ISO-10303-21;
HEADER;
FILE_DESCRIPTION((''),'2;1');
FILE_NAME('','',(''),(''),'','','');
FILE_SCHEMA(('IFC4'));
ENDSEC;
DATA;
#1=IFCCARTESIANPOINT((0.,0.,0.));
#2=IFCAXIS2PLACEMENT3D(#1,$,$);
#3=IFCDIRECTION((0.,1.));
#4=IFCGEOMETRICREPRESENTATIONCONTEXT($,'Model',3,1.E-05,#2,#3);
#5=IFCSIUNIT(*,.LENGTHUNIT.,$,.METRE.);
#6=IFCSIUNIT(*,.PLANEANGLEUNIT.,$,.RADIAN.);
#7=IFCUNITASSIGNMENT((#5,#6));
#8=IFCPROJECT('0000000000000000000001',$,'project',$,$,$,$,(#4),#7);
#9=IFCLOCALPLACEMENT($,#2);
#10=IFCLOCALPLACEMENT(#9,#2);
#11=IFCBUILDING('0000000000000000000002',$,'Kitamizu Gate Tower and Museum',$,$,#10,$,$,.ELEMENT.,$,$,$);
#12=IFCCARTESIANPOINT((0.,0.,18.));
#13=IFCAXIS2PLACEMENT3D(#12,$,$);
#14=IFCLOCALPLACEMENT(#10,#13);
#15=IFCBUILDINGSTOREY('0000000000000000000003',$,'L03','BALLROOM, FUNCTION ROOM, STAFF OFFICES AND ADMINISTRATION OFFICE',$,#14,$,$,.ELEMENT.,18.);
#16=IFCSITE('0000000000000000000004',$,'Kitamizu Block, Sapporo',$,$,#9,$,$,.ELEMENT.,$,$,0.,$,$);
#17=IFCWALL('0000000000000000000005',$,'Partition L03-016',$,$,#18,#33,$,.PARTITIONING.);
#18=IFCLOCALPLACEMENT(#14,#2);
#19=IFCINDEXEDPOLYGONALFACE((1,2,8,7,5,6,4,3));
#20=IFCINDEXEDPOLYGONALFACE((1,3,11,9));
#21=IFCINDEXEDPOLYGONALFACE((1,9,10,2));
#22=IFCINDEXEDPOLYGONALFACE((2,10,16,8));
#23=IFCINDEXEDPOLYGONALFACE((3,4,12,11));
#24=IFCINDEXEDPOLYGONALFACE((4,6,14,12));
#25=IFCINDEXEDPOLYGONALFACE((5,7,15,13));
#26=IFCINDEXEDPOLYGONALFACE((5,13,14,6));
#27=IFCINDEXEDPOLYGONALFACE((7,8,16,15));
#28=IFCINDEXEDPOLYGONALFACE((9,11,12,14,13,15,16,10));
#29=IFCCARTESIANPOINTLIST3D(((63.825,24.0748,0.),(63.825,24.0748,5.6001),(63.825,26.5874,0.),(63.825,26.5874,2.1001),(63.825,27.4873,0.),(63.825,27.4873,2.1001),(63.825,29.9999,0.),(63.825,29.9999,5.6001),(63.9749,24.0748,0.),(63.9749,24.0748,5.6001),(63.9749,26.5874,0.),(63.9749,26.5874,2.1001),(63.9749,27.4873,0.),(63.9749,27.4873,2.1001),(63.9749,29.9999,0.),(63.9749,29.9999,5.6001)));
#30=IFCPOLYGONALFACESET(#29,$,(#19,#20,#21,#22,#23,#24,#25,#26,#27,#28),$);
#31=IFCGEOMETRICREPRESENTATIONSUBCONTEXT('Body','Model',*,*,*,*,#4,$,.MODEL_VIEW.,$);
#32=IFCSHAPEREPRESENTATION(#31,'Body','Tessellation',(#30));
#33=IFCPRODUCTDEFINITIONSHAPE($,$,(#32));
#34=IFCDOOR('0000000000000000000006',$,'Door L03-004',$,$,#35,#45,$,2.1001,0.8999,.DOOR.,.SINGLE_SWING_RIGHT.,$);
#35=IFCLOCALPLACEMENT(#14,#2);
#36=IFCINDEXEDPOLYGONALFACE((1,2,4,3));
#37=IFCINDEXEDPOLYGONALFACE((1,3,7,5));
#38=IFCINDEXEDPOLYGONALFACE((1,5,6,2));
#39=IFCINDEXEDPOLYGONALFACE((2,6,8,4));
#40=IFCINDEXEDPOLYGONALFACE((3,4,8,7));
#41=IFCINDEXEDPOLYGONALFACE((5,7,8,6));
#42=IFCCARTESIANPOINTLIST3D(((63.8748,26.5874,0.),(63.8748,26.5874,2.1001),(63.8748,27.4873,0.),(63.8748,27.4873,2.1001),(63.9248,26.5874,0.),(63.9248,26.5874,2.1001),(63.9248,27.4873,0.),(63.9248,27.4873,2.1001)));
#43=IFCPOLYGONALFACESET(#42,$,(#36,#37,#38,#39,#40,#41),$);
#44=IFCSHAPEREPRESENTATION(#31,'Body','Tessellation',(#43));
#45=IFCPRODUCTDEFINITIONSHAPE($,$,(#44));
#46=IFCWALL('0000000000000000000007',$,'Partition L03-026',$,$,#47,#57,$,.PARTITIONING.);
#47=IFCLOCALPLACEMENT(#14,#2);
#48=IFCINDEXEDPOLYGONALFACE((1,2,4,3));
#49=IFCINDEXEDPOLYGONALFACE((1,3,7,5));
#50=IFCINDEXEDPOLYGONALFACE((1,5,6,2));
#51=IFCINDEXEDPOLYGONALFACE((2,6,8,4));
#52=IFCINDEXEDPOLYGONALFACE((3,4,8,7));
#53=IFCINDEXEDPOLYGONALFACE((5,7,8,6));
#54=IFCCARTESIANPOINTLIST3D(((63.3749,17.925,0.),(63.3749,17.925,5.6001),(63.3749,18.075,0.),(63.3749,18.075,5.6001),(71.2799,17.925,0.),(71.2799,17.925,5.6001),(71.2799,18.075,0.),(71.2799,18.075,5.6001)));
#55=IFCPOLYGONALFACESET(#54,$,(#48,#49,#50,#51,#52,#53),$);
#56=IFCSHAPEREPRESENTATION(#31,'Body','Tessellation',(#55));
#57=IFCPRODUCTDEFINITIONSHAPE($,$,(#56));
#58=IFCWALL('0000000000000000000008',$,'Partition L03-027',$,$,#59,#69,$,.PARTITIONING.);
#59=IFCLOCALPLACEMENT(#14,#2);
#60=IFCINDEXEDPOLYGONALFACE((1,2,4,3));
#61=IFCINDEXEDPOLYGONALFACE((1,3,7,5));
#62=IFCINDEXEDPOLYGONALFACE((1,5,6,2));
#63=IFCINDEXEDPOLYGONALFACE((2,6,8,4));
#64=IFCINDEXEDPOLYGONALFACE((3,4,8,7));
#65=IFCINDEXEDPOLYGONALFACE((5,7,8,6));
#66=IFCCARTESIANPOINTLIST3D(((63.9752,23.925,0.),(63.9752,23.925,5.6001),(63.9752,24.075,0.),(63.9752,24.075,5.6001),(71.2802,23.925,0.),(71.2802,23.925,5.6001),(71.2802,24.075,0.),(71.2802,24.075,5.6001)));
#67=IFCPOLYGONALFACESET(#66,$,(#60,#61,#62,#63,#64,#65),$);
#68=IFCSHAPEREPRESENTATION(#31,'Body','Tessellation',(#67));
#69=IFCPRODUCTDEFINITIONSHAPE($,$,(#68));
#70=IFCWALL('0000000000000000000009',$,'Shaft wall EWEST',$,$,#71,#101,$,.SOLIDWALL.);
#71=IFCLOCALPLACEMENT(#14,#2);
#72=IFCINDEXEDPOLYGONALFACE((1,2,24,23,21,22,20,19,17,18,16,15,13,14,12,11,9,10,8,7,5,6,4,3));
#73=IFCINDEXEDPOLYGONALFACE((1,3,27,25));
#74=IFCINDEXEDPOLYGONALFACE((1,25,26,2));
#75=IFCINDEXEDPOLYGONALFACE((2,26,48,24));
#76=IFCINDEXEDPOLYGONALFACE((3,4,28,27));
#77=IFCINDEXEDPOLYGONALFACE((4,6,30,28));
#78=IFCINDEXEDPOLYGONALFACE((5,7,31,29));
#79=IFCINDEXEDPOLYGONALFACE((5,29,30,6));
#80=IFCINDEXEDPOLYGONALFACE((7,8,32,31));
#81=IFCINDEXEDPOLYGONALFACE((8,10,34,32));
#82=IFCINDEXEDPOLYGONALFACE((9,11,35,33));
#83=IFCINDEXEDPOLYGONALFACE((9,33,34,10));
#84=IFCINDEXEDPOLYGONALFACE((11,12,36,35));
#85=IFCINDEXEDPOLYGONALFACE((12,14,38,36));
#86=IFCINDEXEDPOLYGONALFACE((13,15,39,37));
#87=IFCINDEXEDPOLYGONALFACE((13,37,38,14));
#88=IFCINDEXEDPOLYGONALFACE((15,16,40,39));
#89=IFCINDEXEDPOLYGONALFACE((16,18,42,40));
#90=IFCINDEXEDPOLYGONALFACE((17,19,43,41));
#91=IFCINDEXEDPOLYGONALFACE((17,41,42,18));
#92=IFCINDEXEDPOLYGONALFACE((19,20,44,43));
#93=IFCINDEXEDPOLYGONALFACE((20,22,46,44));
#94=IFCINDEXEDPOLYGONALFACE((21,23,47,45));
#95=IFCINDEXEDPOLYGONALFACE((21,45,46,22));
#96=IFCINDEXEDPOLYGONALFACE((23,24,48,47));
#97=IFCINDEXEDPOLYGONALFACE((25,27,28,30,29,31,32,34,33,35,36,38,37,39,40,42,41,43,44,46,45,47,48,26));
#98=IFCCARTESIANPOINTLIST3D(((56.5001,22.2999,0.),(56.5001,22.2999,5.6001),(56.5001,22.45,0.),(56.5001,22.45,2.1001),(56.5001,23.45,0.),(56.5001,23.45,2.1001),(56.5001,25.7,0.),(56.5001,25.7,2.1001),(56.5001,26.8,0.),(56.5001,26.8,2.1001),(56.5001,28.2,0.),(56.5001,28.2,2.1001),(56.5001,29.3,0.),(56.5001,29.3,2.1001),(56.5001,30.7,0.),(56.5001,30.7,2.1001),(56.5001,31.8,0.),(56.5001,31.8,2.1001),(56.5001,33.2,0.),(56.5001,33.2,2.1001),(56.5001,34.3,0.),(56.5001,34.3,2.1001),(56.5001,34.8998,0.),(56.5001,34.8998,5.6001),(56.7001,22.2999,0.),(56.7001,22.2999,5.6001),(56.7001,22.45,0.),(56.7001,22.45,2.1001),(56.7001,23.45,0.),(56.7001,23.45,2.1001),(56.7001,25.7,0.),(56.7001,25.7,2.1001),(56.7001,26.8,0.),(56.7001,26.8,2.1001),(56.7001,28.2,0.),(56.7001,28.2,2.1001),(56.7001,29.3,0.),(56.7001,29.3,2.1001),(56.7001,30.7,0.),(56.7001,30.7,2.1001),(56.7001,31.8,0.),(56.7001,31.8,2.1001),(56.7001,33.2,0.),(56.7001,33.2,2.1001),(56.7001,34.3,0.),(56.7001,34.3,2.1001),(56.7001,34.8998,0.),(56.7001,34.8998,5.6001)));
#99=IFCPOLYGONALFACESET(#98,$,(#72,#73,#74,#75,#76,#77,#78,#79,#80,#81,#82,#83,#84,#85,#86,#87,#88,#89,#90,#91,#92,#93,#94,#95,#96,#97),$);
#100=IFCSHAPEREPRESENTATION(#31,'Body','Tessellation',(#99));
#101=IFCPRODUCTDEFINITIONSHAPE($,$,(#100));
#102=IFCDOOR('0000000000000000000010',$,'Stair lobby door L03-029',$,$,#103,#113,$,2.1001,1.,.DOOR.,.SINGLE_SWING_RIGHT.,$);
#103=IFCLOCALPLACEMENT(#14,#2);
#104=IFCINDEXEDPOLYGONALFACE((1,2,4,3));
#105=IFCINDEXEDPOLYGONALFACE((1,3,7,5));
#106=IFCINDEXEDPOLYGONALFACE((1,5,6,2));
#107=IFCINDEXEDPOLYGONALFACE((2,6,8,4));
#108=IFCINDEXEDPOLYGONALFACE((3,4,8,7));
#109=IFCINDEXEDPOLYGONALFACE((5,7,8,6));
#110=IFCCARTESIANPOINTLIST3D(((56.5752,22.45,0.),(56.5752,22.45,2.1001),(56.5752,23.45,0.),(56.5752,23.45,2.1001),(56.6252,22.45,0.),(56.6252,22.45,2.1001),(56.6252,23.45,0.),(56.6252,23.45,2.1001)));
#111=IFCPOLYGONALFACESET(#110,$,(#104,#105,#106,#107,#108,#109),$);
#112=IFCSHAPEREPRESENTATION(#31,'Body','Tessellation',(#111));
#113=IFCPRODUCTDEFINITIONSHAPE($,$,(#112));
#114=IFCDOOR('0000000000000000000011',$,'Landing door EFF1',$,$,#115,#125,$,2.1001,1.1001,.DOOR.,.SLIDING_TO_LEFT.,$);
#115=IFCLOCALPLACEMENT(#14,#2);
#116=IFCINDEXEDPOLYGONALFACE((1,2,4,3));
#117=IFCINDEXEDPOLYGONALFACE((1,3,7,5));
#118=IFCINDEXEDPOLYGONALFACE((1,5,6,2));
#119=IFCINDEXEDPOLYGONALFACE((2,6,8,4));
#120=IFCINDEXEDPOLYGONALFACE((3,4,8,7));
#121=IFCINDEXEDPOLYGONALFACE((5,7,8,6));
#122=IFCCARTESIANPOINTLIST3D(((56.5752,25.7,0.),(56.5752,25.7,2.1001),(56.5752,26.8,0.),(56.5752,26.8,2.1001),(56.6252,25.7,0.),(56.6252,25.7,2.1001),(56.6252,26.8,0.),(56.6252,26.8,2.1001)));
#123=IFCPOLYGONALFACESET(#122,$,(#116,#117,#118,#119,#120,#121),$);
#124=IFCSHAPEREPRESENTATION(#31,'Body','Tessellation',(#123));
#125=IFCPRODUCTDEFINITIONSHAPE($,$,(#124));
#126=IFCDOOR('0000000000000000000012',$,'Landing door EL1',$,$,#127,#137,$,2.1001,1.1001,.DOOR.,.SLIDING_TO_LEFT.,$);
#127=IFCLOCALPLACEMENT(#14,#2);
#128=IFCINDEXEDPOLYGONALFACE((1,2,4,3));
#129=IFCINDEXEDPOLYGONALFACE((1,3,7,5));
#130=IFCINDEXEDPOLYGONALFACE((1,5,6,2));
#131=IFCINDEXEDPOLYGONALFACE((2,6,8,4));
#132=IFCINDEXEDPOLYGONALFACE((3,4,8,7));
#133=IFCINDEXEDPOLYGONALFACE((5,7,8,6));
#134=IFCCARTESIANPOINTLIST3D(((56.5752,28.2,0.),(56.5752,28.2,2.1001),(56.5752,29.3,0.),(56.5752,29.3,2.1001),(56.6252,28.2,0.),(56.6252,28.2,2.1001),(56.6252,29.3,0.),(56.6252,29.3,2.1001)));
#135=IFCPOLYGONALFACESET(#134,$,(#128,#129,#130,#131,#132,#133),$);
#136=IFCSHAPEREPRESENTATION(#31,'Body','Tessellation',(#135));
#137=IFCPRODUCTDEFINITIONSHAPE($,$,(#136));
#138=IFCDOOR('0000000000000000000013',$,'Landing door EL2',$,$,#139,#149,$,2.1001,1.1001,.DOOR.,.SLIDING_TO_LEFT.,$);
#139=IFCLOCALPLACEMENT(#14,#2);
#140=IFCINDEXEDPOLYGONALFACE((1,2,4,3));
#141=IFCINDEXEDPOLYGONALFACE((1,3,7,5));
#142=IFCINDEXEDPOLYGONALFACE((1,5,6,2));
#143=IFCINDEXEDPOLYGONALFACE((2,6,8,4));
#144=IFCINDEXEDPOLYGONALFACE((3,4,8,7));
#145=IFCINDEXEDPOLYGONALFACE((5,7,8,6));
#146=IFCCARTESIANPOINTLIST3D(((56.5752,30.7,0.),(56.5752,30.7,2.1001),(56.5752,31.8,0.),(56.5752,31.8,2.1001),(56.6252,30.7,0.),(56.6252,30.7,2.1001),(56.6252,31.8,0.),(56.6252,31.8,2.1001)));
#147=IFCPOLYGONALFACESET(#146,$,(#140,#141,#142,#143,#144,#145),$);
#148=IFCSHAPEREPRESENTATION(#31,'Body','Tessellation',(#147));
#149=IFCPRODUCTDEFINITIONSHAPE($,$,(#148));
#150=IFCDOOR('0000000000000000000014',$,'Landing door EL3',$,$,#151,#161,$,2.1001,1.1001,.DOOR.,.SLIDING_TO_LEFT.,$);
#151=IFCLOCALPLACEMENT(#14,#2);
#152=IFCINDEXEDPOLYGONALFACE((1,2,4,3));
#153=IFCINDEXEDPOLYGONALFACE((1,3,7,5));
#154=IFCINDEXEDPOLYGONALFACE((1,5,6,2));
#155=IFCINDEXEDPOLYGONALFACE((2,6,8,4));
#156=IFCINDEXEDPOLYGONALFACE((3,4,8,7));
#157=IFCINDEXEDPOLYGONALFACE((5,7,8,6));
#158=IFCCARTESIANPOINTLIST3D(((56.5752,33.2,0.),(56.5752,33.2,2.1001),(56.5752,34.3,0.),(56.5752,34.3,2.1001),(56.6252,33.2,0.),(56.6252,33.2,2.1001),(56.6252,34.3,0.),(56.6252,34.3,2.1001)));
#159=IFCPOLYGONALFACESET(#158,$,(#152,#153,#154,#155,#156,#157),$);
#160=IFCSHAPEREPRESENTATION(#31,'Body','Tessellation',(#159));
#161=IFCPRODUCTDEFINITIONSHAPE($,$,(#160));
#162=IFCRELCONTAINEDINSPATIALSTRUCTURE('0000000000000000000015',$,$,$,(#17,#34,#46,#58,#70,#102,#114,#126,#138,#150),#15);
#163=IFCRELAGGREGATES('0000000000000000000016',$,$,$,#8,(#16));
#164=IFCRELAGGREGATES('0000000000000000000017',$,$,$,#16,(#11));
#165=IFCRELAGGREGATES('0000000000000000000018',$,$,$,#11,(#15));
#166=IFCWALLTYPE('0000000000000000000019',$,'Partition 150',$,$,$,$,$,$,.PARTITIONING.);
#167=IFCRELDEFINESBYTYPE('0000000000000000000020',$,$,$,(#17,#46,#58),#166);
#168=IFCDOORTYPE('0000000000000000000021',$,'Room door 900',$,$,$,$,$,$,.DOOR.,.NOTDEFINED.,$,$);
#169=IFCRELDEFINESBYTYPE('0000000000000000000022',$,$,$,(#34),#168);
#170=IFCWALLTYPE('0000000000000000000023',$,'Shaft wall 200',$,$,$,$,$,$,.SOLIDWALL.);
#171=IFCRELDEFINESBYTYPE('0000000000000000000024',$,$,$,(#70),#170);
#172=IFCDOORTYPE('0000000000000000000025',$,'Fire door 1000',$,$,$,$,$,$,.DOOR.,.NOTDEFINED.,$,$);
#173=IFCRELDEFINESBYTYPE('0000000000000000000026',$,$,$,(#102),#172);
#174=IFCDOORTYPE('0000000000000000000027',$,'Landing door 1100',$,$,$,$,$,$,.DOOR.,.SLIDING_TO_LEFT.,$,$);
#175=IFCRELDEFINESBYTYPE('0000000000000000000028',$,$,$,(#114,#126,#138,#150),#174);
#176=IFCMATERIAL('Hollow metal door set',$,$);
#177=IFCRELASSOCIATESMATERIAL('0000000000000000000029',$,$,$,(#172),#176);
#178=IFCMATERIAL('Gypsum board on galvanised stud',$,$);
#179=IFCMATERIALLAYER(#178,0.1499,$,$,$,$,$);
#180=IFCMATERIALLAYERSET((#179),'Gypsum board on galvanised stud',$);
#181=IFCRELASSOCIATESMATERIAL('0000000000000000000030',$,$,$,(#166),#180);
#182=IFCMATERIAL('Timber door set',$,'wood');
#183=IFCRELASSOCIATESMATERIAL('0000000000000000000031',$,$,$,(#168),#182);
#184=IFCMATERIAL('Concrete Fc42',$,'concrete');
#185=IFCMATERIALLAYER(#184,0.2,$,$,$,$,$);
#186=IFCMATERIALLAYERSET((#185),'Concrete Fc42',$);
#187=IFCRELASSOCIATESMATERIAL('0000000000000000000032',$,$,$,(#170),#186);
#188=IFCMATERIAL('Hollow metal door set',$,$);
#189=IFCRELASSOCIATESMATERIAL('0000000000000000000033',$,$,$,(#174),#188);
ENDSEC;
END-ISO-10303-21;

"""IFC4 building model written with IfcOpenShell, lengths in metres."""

from ifc_helpers import new_model, si_unit, direction, frame, frame_2d, origin, place, context, subcontext, project, spatial, rectangle, extrude, material, layer, layer_set, type_object, element, fill, save


model = new_model("IFC4")

# Units and contexts
model_context = context("Model", 3, precision=1e-05, world=origin(), true_north=direction((0.0, 1.0)))
body_context = subcontext(model_context, "Body", "Model", "MODEL_VIEW")
ifc_project = project(units=[si_unit("LENGTHUNIT", "METRE"), si_unit("PLANEANGLEUNIT", "RADIAN")], contexts=[model_context])

# Site, building, storey
site_placement = place(None, origin())
site = spatial("IfcSite", under=ifc_project, at=site_placement, Name="Kitamizu Block, Sapporo", CompositionType="ELEMENT", RefElevation=0.0)
building_placement = place(site_placement, origin())
building = spatial("IfcBuilding", under=site, at=building_placement, Name="Kitamizu Gate Tower and Museum", CompositionType="ELEMENT")
storey_placement = place(building_placement, frame((0.0, 0.0, 18.0)))
storey = spatial("IfcBuildingStorey", under=building, at=storey_placement, Name="L03", Description="BALLROOM, FUNCTION ROOM, STAFF OFFICES AND ADMINISTRATION OFFICE", CompositionType="ELEMENT", Elevation=18.0)

# Shared definitions
ifc_material_1 = material(Name="Hollow metal door set")
door_type_1 = type_object("IfcDoorType", Name="Fire door 1000", OperationType="NOTDEFINED", PredefinedType="DOOR", material=ifc_material_1)

# Shared definitions
ifc_material_2 = material(Name="Gypsum board on galvanised stud")
ifc_layer_1 = layer(ifc_material_2, 0.1499)
ifc_layer_set_1 = layer_set([ifc_layer_1], Name="Gypsum board on galvanised stud")
wall_type_1 = type_object("IfcWallType", Name="Partition 150", PredefinedType="PARTITIONING", material=ifc_layer_set_1)
ifc_material_3 = material(Name="Timber door set", Category="wood")
door_type_2 = type_object("IfcDoorType", Name="Room door 900", OperationType="NOTDEFINED", PredefinedType="DOOR", material=ifc_material_3)

# Wall, opening, door
wall_1_placement = place(storey_placement, frame((63.8999, 24.075, 0.0), z_axis=(0.0, 0.0, 1.0), x_axis=(0.0, 1.0, 0.0)))
wall_1 = element("IfcWall", 1, at=wall_1_placement, inside=storey, type_object=wall_type_1, Name="Partition L03-016", PredefinedType="PARTITIONING", context=body_context, shape_type="SweptSolid", body=[
    extrude(rectangle(XDim=5.925, YDim=0.1499, at=frame_2d((2.9624, 0.0))), origin(), (0.0, 0.0, 1.0), 5.6001),
])
opening_1_placement = place(wall_1_placement, frame((2.5125, 0.0, 0.0)))
opening_1 = element("IfcOpeningElement", 2, at=opening_1_placement, cuts=wall_1, PredefinedType="OPENING", context=body_context, shape_type="SweptSolid", body=[
    extrude(rectangle(XDim=0.8999, YDim=2.1001, at=frame_2d((0.45, 1.05))), frame((0.0, 0.085, 0.0), z_axis=(0.0, -1.0, 0.0), x_axis=(1.0, 0.0, 0.0)), (0.0, 0.0, 1.0), 0.1699),
])
door_1_placement = place(opening_1_placement, frame((0.8999, 0.0, 0.0), x_axis=(-1.0, 0.0, 0.0)))
door_1 = element("IfcDoor", 3, at=door_1_placement, inside=storey, type_object=door_type_2, Name="Door L03-004", OperationType="SINGLE_SWING_RIGHT", OverallHeight=2.1001, OverallWidth=0.8999, PredefinedType="DOOR", context=body_context, shape_type="SweptSolid", body=[
    extrude(rectangle(XDim=0.8999, YDim=2.1001, at=frame_2d((0.45, 1.05))), frame((0.0, 0.0249, 0.0), z_axis=(0.0, -1.0, 0.0), x_axis=(1.0, 0.0, 0.0)), (0.0, 0.0, 1.0), 0.05),
])
fill(opening_1, door_1)

# Walls
wall_2_placement = place(storey_placement, frame((71.28, 18.0, 0.0), z_axis=(0.0, 0.0, 1.0), x_axis=(-1.0, 0.0, 0.0)))
element("IfcWall", 4, at=wall_2_placement, inside=storey, type_object=wall_type_1, Name="Partition L03-026", PredefinedType="PARTITIONING", context=body_context, shape_type="SweptSolid", body=[
    extrude(rectangle(XDim=7.905, YDim=0.1499, at=frame_2d((3.9526, 0.0))), origin(), (0.0, 0.0, 1.0), 5.6001),
])
wall_3_placement = place(storey_placement, frame((71.28, 24.0, 0.0), z_axis=(0.0, 0.0, 1.0), x_axis=(-1.0, 0.0, 0.0)))
element("IfcWall", 5, at=wall_3_placement, inside=storey, type_object=wall_type_1, Name="Partition L03-027", PredefinedType="PARTITIONING", context=body_context, shape_type="SweptSolid", body=[
    extrude(rectangle(XDim=7.3049, YDim=0.1499, at=frame_2d((3.6523, 0.0))), origin(), (0.0, 0.0, 1.0), 5.6001),
])

# Wall, openings, doors
ifc_material_4 = material(Name="Concrete Fc42", Category="concrete")
ifc_layer_2 = layer(ifc_material_4, 0.2)
ifc_layer_set_2 = layer_set([ifc_layer_2], Name="Concrete Fc42")
wall_type_2 = type_object("IfcWallType", Name="Shaft wall 200", PredefinedType="SOLIDWALL", material=ifc_layer_set_2)
wall_4_placement = place(storey_placement, frame((56.6001, 22.3, 0.0), z_axis=(0.0, 0.0, 1.0), x_axis=(0.0, 1.0, 0.0)))
wall_4 = element("IfcWall", 6, at=wall_4_placement, inside=storey, type_object=wall_type_2, Name="Shaft wall EWEST", PredefinedType="SOLIDWALL", context=body_context, shape_type="SweptSolid", body=[
    extrude(rectangle(XDim=12.5999, YDim=0.2, at=frame_2d((6.2998, 0.0))), origin(), (0.0, 0.0, 1.0), 5.6001),
])
opening_2_placement = place(wall_4_placement, frame((3.3999, 0.0, 0.0)))
opening_2 = element("IfcOpeningElement", 7, at=opening_2_placement, cuts=wall_4, PredefinedType="OPENING", context=body_context, shape_type="SweptSolid", body=[
    extrude(rectangle(XDim=1.1001, YDim=2.1001, at=frame_2d((0.55, 1.05))), frame((0.0, 0.1099, 0.0), z_axis=(0.0, -1.0, 0.0), x_axis=(1.0, 0.0, 0.0)), (0.0, 0.0, 1.0), 0.22),
])
opening_3_placement = place(wall_4_placement, frame((5.8999, 0.0, 0.0)))
opening_3 = element("IfcOpeningElement", 8, at=opening_3_placement, cuts=wall_4, PredefinedType="OPENING", context=body_context, shape_type="SweptSolid", body=[
    extrude(rectangle(XDim=1.1001, YDim=2.1001, at=frame_2d((0.55, 1.05))), frame((0.0, 0.1099, 0.0), z_axis=(0.0, -1.0, 0.0), x_axis=(1.0, 0.0, 0.0)), (0.0, 0.0, 1.0), 0.22),
])
opening_4_placement = place(wall_4_placement, frame((8.3999, 0.0, 0.0)))
opening_4 = element("IfcOpeningElement", 9, at=opening_4_placement, cuts=wall_4, PredefinedType="OPENING", context=body_context, shape_type="SweptSolid", body=[
    extrude(rectangle(XDim=1.1001, YDim=2.1001, at=frame_2d((0.55, 1.05))), frame((0.0, 0.1099, 0.0), z_axis=(0.0, -1.0, 0.0), x_axis=(1.0, 0.0, 0.0)), (0.0, 0.0, 1.0), 0.22),
])
opening_5_placement = place(wall_4_placement, frame((10.8999, 0.0, 0.0)))
opening_5 = element("IfcOpeningElement", 10, at=opening_5_placement, cuts=wall_4, PredefinedType="OPENING", context=body_context, shape_type="SweptSolid", body=[
    extrude(rectangle(XDim=1.1001, YDim=2.1001, at=frame_2d((0.55, 1.05))), frame((0.0, 0.1099, 0.0), z_axis=(0.0, -1.0, 0.0), x_axis=(1.0, 0.0, 0.0)), (0.0, 0.0, 1.0), 0.22),
])
opening_6_placement = place(wall_4_placement, frame((0.1499, 0.0, 0.0)))
opening_6 = element("IfcOpeningElement", 11, at=opening_6_placement, cuts=wall_4, PredefinedType="OPENING", context=body_context, shape_type="SweptSolid", body=[
    extrude(rectangle(XDim=1.0, YDim=2.1001, at=frame_2d((0.5, 1.05))), frame((0.0, 0.1099, 0.0), z_axis=(0.0, -1.0, 0.0), x_axis=(1.0, 0.0, 0.0)), (0.0, 0.0, 1.0), 0.22),
])
door_2_placement = place(opening_6_placement, origin())
door_2 = element("IfcDoor", 12, at=door_2_placement, inside=storey, type_object=door_type_1, Name="Stair lobby door L03-029", OperationType="SINGLE_SWING_RIGHT", OverallHeight=2.1001, OverallWidth=1.0, PredefinedType="DOOR", context=body_context, shape_type="SweptSolid", body=[
    extrude(rectangle(XDim=1.0, YDim=2.1001, at=frame_2d((0.5, 1.05))), frame((0.0, 0.0249, 0.0), z_axis=(0.0, -1.0, 0.0), x_axis=(1.0, 0.0, 0.0)), (0.0, 0.0, 1.0), 0.05),
])
fill(opening_6, door_2)
ifc_material_5 = material(Name="Hollow metal door set")
door_type_3 = type_object("IfcDoorType", Name="Landing door 1100", OperationType="SLIDING_TO_LEFT", PredefinedType="DOOR", material=ifc_material_5)
door_3_placement = place(opening_2_placement, origin())
door_3 = element("IfcDoor", 13, at=door_3_placement, inside=storey, type_object=door_type_3, Name="Landing door EFF1", OperationType="SLIDING_TO_LEFT", OverallHeight=2.1001, OverallWidth=1.1001, PredefinedType="DOOR", context=body_context, shape_type="SweptSolid", body=[
    extrude(rectangle(XDim=1.1001, YDim=2.1001, at=frame_2d((0.55, 1.05))), frame((0.0, 0.0249, 0.0), z_axis=(0.0, -1.0, 0.0), x_axis=(1.0, 0.0, 0.0)), (0.0, 0.0, 1.0), 0.05),
])
fill(opening_2, door_3)
door_4_placement = place(opening_3_placement, origin())
door_4 = element("IfcDoor", 14, at=door_4_placement, inside=storey, type_object=door_type_3, Name="Landing door EL1", OperationType="SLIDING_TO_LEFT", OverallHeight=2.1001, OverallWidth=1.1001, PredefinedType="DOOR", context=body_context, shape_type="SweptSolid", body=[
    extrude(rectangle(XDim=1.1001, YDim=2.1001, at=frame_2d((0.55, 1.05))), frame((0.0, 0.0249, 0.0), z_axis=(0.0, -1.0, 0.0), x_axis=(1.0, 0.0, 0.0)), (0.0, 0.0, 1.0), 0.05),
])
fill(opening_3, door_4)
door_5_placement = place(opening_4_placement, origin())
door_5 = element("IfcDoor", 15, at=door_5_placement, inside=storey, type_object=door_type_3, Name="Landing door EL2", OperationType="SLIDING_TO_LEFT", OverallHeight=2.1001, OverallWidth=1.1001, PredefinedType="DOOR", context=body_context, shape_type="SweptSolid", body=[
    extrude(rectangle(XDim=1.1001, YDim=2.1001, at=frame_2d((0.55, 1.05))), frame((0.0, 0.0249, 0.0), z_axis=(0.0, -1.0, 0.0), x_axis=(1.0, 0.0, 0.0)), (0.0, 0.0, 1.0), 0.05),
])
fill(opening_4, door_5)
door_6_placement = place(opening_5_placement, origin())
door_6 = element("IfcDoor", 16, at=door_6_placement, inside=storey, type_object=door_type_3, Name="Landing door EL3", OperationType="SLIDING_TO_LEFT", OverallHeight=2.1001, OverallWidth=1.1001, PredefinedType="DOOR", context=body_context, shape_type="SweptSolid", body=[
    extrude(rectangle(XDim=1.1001, YDim=2.1001, at=frame_2d((0.55, 1.05))), frame((0.0, 0.0249, 0.0), z_axis=(0.0, -1.0, 0.0), x_axis=(1.0, 0.0, 0.0)), (0.0, 0.0, 1.0), 0.05),
])
fill(opening_5, door_6)

save(model, "model.ifc")
